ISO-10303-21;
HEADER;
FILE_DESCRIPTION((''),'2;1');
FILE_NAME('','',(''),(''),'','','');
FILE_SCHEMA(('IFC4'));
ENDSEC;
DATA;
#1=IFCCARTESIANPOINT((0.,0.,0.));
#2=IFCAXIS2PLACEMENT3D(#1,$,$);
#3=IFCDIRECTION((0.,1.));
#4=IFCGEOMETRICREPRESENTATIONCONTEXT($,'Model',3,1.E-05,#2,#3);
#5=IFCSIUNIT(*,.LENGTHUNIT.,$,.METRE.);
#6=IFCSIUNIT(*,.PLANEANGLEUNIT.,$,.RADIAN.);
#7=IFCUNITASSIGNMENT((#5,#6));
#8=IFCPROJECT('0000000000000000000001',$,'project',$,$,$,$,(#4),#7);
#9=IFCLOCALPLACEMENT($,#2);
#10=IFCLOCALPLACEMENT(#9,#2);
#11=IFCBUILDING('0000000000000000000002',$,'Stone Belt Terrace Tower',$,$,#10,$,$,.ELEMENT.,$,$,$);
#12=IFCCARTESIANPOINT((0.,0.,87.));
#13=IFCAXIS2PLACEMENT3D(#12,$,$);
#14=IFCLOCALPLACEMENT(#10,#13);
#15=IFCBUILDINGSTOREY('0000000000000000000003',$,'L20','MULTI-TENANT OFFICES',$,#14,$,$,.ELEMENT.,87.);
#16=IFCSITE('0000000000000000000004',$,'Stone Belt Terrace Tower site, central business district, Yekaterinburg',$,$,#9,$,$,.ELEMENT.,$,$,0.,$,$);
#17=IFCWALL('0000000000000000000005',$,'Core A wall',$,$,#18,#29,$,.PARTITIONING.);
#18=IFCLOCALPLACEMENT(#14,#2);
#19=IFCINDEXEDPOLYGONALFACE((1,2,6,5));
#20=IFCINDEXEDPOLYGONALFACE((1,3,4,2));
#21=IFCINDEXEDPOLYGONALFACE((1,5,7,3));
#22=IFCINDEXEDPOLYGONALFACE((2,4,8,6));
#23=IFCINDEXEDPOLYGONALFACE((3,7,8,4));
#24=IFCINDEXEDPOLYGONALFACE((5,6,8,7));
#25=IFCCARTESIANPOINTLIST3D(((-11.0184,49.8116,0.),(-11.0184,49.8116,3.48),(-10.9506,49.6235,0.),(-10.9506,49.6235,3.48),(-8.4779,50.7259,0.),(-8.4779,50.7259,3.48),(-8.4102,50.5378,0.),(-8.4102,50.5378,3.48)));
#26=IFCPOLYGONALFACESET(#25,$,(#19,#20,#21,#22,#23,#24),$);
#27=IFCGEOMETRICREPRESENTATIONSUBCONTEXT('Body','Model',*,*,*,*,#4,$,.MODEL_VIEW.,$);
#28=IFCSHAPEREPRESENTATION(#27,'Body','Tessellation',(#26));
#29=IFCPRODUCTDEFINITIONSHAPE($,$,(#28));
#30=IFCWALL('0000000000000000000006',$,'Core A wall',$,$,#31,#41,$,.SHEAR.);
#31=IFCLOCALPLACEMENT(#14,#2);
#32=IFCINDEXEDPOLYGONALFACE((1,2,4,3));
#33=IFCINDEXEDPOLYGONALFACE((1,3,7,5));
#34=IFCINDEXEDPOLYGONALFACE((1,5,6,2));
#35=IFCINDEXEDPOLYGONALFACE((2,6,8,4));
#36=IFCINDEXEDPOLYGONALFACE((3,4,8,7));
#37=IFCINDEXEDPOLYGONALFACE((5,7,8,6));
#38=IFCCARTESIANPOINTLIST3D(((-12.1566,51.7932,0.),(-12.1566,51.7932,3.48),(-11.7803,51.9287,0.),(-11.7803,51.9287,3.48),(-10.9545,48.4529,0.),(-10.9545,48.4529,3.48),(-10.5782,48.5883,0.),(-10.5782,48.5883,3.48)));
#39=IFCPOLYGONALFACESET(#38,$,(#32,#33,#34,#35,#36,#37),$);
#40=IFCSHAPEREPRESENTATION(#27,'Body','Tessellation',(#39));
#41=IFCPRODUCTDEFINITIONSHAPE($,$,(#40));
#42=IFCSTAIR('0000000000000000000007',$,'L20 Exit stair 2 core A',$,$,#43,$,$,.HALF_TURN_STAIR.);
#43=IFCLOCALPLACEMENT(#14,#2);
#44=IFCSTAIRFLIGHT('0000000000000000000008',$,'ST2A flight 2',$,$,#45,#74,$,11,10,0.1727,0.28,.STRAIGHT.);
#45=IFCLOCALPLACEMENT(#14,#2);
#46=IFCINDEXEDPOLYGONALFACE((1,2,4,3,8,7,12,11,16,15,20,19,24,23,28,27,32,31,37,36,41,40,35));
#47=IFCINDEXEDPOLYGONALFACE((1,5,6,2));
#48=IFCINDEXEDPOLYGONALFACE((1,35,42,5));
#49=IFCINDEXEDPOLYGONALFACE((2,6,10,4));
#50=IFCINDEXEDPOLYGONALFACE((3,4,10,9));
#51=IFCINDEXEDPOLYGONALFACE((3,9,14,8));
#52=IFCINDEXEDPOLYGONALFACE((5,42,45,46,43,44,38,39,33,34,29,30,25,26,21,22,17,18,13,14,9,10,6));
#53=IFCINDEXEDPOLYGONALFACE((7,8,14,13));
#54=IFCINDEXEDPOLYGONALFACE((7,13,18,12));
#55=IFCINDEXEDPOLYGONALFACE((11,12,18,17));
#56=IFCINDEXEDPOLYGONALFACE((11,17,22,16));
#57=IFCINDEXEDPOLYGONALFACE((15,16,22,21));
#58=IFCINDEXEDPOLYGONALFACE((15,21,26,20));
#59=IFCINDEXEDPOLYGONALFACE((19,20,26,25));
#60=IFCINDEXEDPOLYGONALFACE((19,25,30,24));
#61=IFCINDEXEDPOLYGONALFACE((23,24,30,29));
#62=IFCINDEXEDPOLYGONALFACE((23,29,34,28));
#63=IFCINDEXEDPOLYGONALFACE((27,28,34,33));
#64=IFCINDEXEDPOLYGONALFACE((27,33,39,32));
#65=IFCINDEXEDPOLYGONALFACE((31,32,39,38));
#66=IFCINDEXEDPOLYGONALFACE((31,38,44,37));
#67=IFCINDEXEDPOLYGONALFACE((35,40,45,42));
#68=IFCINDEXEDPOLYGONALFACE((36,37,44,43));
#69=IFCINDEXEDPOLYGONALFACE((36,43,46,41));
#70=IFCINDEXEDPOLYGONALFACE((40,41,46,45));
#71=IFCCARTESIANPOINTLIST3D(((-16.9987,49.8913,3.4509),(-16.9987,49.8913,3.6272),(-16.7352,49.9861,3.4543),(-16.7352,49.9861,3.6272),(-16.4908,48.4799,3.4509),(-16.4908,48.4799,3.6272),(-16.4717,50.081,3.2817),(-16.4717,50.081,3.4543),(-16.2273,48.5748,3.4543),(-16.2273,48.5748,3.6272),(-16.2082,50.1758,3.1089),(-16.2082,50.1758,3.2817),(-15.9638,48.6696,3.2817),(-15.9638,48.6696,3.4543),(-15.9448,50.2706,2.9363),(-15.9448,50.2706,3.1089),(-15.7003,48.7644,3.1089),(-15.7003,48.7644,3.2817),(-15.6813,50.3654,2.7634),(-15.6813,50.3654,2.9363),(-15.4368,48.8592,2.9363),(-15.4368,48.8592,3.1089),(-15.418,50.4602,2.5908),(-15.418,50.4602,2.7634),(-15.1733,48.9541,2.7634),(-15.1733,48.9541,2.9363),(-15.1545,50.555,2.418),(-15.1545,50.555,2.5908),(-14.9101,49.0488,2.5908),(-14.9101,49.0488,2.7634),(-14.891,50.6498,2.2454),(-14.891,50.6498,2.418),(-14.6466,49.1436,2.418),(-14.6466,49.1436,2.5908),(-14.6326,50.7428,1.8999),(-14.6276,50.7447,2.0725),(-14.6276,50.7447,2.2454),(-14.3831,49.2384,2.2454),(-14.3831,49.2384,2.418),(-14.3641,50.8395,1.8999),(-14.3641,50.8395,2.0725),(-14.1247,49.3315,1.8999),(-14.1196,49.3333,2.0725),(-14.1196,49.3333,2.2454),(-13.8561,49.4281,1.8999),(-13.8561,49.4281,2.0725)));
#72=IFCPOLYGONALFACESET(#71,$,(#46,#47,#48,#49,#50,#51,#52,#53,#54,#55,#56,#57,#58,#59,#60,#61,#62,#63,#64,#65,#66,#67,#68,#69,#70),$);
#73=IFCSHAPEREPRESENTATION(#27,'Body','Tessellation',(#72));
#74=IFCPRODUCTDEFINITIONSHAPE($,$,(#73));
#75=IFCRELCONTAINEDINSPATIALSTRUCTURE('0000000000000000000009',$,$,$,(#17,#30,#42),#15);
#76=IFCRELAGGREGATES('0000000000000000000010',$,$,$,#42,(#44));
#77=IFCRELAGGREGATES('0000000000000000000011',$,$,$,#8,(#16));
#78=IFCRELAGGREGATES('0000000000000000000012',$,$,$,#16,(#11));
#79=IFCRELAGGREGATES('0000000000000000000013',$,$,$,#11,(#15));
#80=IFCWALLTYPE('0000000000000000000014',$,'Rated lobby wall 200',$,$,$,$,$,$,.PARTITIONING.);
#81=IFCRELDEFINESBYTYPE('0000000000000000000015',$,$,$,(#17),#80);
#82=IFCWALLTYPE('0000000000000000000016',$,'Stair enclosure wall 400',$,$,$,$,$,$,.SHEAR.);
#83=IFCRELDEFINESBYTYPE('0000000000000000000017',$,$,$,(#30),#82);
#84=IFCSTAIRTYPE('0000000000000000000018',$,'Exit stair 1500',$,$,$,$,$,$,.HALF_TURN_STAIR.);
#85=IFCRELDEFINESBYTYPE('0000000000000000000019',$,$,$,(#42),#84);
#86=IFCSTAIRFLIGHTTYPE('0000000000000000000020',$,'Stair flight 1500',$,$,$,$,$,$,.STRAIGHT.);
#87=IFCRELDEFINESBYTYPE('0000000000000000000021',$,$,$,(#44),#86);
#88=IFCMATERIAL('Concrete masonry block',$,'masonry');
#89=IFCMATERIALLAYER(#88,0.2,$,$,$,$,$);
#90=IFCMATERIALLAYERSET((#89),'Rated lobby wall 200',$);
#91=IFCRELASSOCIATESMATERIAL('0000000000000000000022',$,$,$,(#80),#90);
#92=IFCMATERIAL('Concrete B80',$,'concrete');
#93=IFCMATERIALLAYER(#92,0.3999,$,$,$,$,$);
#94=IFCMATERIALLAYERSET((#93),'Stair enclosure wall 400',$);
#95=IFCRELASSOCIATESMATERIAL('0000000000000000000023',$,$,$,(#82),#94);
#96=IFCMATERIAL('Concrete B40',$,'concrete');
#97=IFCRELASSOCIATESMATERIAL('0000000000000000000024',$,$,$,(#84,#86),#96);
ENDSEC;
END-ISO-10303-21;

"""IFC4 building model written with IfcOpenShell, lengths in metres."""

from ifc_helpers import new_model, si_unit, direction, frame, frame_2d, origin, place, context, subcontext, project, spatial, polyline, rectangle, outline, extrude, material, layer, layer_set, type_object, element, aggregate, save


model = new_model("IFC4")

# Units and contexts
model_context = context("Model", 3, precision=1e-05, world=origin(), true_north=direction((0.0, 1.0)))
body_context = subcontext(model_context, "Body", "Model", "MODEL_VIEW")
ifc_project = project(units=[si_unit("LENGTHUNIT", "METRE"), si_unit("PLANEANGLEUNIT", "RADIAN")], contexts=[model_context])

# Site, building, storey
site_placement = place(None, origin())
site = spatial("IfcSite", under=ifc_project, at=site_placement, Name="Stone Belt Terrace Tower site, central business district, Yekaterinburg", CompositionType="ELEMENT", RefElevation=0.0)
building_placement = place(site_placement, origin())
building = spatial("IfcBuilding", under=site, at=building_placement, Name="Stone Belt Terrace Tower", CompositionType="ELEMENT")
storey_placement = place(building_placement, frame((0.0, 0.0, 87.0)))
storey = spatial("IfcBuildingStorey", under=building, at=storey_placement, Name="L20", Description="MULTI-TENANT OFFICES", CompositionType="ELEMENT", Elevation=87.0)

# Shared definitions
ifc_material_1 = material(Name="Concrete B80", Category="concrete")

# Walls
ifc_material_2 = material(Name="Concrete masonry block", Category="masonry")
ifc_layer_1 = layer(ifc_material_2, 0.2)
ifc_layer_set_1 = layer_set([ifc_layer_1], Name="Rated lobby wall 200")
wall_type_1 = type_object("IfcWallType", Name="Rated lobby wall 200", PredefinedType="PARTITIONING", material=ifc_layer_set_1)
wall_1_placement = place(storey_placement, frame((-10.9846, 49.7175, 0.0), z_axis=(0.0, 0.0, 1.0), x_axis=(0.940921, 0.338627, 0.0)))
element("IfcWall", 1, at=wall_1_placement, inside=storey, type_object=wall_type_1, Name="Core A wall", PredefinedType="PARTITIONING", context=body_context, shape_type="SweptSolid", body=[
    extrude(rectangle(XDim=2.7, YDim=0.2, at=frame_2d((1.3501, 0.0))), origin(), (0.0, 0.0, 1.0), 3.48),
])
ifc_layer_2 = layer(ifc_material_1, 0.3999)
ifc_layer_set_2 = layer_set([ifc_layer_2], Name="Stair enclosure wall 400")
wall_type_2 = type_object("IfcWallType", Name="Stair enclosure wall 400", PredefinedType="SHEAR", material=ifc_layer_set_2)
wall_2_placement = place(storey_placement, frame((-10.7664, 48.5208, 0.0), z_axis=(0.0, 0.0, 1.0), x_axis=(-0.338627, 0.940921, 0.0)))
element("IfcWall", 2, at=wall_2_placement, inside=storey, type_object=wall_type_2, Name="Core A wall", PredefinedType="SHEAR", context=body_context, shape_type="SweptSolid", body=[
    extrude(rectangle(XDim=3.55, YDim=0.3999, at=frame_2d((1.7749, 0.0))), origin(), (0.0, 0.0, 1.0), 3.48),
])

# Stair, stair flight
ifc_material_3 = material(Name="Concrete B40", Category="concrete")
stair_type = type_object("IfcStairType", Name="Exit stair 1500", PredefinedType="HALF_TURN_STAIR", material=ifc_material_3)
stair_placement = place(storey_placement, origin())
stair = element("IfcStair", 3, at=stair_placement, inside=storey, type_object=stair_type, Name="L20 Exit stair 2 core A", PredefinedType="HALF_TURN_STAIR")
stair_flight_type = type_object("IfcStairFlightType", Name="Stair flight 1500", PredefinedType="STRAIGHT", material=ifc_material_3)
stair_flight_placement = place(storey_placement, frame((-14.1101, 50.1338, 1.8999), z_axis=(0.0, 0.0, 1.0), x_axis=(-0.940922, -0.338624, 0.0)))
stair_flight = element("IfcStairFlight", 4, at=stair_flight_placement, type_object=stair_flight_type, Name="ST2A flight 2", NumberOfRisers=11, NumberOfTreads=10, PredefinedType="STRAIGHT", RiserHeight=0.1727, TreadLength=0.28, context=body_context, shape_type="SweptSolid", body=[
    extrude(outline(polyline([(0.0, 0.0), (0.0, 0.1726), (0.28, 0.1726), (0.28, 0.3455), (0.5601, 0.3455), (0.5601, 0.5181), (0.8401, 0.5181), (0.8401, 0.6909), (1.1201, 0.6909), (1.1201, 0.8635), (1.3999, 0.8635), (1.3999, 1.0364), (1.6799, 1.0364), (1.6799, 1.209), (1.96, 1.209), (1.96, 1.3818), (2.24, 1.3818), (2.24, 1.5544), (2.52, 1.5544), (2.52, 1.7273), (2.8, 1.7273), (2.8, 1.8999), (2.8, 1.551), (0.2854, 0.0), (0.0, 0.0)])), frame((0.0, 0.75, 0.0), z_axis=(0.0, -1.0, 0.0), x_axis=(1.0, 0.0, 0.0)), (0.0, 0.0, 1.0), 1.5),
])
aggregate(stair, [stair_flight])

save(model, "model.ifc")
